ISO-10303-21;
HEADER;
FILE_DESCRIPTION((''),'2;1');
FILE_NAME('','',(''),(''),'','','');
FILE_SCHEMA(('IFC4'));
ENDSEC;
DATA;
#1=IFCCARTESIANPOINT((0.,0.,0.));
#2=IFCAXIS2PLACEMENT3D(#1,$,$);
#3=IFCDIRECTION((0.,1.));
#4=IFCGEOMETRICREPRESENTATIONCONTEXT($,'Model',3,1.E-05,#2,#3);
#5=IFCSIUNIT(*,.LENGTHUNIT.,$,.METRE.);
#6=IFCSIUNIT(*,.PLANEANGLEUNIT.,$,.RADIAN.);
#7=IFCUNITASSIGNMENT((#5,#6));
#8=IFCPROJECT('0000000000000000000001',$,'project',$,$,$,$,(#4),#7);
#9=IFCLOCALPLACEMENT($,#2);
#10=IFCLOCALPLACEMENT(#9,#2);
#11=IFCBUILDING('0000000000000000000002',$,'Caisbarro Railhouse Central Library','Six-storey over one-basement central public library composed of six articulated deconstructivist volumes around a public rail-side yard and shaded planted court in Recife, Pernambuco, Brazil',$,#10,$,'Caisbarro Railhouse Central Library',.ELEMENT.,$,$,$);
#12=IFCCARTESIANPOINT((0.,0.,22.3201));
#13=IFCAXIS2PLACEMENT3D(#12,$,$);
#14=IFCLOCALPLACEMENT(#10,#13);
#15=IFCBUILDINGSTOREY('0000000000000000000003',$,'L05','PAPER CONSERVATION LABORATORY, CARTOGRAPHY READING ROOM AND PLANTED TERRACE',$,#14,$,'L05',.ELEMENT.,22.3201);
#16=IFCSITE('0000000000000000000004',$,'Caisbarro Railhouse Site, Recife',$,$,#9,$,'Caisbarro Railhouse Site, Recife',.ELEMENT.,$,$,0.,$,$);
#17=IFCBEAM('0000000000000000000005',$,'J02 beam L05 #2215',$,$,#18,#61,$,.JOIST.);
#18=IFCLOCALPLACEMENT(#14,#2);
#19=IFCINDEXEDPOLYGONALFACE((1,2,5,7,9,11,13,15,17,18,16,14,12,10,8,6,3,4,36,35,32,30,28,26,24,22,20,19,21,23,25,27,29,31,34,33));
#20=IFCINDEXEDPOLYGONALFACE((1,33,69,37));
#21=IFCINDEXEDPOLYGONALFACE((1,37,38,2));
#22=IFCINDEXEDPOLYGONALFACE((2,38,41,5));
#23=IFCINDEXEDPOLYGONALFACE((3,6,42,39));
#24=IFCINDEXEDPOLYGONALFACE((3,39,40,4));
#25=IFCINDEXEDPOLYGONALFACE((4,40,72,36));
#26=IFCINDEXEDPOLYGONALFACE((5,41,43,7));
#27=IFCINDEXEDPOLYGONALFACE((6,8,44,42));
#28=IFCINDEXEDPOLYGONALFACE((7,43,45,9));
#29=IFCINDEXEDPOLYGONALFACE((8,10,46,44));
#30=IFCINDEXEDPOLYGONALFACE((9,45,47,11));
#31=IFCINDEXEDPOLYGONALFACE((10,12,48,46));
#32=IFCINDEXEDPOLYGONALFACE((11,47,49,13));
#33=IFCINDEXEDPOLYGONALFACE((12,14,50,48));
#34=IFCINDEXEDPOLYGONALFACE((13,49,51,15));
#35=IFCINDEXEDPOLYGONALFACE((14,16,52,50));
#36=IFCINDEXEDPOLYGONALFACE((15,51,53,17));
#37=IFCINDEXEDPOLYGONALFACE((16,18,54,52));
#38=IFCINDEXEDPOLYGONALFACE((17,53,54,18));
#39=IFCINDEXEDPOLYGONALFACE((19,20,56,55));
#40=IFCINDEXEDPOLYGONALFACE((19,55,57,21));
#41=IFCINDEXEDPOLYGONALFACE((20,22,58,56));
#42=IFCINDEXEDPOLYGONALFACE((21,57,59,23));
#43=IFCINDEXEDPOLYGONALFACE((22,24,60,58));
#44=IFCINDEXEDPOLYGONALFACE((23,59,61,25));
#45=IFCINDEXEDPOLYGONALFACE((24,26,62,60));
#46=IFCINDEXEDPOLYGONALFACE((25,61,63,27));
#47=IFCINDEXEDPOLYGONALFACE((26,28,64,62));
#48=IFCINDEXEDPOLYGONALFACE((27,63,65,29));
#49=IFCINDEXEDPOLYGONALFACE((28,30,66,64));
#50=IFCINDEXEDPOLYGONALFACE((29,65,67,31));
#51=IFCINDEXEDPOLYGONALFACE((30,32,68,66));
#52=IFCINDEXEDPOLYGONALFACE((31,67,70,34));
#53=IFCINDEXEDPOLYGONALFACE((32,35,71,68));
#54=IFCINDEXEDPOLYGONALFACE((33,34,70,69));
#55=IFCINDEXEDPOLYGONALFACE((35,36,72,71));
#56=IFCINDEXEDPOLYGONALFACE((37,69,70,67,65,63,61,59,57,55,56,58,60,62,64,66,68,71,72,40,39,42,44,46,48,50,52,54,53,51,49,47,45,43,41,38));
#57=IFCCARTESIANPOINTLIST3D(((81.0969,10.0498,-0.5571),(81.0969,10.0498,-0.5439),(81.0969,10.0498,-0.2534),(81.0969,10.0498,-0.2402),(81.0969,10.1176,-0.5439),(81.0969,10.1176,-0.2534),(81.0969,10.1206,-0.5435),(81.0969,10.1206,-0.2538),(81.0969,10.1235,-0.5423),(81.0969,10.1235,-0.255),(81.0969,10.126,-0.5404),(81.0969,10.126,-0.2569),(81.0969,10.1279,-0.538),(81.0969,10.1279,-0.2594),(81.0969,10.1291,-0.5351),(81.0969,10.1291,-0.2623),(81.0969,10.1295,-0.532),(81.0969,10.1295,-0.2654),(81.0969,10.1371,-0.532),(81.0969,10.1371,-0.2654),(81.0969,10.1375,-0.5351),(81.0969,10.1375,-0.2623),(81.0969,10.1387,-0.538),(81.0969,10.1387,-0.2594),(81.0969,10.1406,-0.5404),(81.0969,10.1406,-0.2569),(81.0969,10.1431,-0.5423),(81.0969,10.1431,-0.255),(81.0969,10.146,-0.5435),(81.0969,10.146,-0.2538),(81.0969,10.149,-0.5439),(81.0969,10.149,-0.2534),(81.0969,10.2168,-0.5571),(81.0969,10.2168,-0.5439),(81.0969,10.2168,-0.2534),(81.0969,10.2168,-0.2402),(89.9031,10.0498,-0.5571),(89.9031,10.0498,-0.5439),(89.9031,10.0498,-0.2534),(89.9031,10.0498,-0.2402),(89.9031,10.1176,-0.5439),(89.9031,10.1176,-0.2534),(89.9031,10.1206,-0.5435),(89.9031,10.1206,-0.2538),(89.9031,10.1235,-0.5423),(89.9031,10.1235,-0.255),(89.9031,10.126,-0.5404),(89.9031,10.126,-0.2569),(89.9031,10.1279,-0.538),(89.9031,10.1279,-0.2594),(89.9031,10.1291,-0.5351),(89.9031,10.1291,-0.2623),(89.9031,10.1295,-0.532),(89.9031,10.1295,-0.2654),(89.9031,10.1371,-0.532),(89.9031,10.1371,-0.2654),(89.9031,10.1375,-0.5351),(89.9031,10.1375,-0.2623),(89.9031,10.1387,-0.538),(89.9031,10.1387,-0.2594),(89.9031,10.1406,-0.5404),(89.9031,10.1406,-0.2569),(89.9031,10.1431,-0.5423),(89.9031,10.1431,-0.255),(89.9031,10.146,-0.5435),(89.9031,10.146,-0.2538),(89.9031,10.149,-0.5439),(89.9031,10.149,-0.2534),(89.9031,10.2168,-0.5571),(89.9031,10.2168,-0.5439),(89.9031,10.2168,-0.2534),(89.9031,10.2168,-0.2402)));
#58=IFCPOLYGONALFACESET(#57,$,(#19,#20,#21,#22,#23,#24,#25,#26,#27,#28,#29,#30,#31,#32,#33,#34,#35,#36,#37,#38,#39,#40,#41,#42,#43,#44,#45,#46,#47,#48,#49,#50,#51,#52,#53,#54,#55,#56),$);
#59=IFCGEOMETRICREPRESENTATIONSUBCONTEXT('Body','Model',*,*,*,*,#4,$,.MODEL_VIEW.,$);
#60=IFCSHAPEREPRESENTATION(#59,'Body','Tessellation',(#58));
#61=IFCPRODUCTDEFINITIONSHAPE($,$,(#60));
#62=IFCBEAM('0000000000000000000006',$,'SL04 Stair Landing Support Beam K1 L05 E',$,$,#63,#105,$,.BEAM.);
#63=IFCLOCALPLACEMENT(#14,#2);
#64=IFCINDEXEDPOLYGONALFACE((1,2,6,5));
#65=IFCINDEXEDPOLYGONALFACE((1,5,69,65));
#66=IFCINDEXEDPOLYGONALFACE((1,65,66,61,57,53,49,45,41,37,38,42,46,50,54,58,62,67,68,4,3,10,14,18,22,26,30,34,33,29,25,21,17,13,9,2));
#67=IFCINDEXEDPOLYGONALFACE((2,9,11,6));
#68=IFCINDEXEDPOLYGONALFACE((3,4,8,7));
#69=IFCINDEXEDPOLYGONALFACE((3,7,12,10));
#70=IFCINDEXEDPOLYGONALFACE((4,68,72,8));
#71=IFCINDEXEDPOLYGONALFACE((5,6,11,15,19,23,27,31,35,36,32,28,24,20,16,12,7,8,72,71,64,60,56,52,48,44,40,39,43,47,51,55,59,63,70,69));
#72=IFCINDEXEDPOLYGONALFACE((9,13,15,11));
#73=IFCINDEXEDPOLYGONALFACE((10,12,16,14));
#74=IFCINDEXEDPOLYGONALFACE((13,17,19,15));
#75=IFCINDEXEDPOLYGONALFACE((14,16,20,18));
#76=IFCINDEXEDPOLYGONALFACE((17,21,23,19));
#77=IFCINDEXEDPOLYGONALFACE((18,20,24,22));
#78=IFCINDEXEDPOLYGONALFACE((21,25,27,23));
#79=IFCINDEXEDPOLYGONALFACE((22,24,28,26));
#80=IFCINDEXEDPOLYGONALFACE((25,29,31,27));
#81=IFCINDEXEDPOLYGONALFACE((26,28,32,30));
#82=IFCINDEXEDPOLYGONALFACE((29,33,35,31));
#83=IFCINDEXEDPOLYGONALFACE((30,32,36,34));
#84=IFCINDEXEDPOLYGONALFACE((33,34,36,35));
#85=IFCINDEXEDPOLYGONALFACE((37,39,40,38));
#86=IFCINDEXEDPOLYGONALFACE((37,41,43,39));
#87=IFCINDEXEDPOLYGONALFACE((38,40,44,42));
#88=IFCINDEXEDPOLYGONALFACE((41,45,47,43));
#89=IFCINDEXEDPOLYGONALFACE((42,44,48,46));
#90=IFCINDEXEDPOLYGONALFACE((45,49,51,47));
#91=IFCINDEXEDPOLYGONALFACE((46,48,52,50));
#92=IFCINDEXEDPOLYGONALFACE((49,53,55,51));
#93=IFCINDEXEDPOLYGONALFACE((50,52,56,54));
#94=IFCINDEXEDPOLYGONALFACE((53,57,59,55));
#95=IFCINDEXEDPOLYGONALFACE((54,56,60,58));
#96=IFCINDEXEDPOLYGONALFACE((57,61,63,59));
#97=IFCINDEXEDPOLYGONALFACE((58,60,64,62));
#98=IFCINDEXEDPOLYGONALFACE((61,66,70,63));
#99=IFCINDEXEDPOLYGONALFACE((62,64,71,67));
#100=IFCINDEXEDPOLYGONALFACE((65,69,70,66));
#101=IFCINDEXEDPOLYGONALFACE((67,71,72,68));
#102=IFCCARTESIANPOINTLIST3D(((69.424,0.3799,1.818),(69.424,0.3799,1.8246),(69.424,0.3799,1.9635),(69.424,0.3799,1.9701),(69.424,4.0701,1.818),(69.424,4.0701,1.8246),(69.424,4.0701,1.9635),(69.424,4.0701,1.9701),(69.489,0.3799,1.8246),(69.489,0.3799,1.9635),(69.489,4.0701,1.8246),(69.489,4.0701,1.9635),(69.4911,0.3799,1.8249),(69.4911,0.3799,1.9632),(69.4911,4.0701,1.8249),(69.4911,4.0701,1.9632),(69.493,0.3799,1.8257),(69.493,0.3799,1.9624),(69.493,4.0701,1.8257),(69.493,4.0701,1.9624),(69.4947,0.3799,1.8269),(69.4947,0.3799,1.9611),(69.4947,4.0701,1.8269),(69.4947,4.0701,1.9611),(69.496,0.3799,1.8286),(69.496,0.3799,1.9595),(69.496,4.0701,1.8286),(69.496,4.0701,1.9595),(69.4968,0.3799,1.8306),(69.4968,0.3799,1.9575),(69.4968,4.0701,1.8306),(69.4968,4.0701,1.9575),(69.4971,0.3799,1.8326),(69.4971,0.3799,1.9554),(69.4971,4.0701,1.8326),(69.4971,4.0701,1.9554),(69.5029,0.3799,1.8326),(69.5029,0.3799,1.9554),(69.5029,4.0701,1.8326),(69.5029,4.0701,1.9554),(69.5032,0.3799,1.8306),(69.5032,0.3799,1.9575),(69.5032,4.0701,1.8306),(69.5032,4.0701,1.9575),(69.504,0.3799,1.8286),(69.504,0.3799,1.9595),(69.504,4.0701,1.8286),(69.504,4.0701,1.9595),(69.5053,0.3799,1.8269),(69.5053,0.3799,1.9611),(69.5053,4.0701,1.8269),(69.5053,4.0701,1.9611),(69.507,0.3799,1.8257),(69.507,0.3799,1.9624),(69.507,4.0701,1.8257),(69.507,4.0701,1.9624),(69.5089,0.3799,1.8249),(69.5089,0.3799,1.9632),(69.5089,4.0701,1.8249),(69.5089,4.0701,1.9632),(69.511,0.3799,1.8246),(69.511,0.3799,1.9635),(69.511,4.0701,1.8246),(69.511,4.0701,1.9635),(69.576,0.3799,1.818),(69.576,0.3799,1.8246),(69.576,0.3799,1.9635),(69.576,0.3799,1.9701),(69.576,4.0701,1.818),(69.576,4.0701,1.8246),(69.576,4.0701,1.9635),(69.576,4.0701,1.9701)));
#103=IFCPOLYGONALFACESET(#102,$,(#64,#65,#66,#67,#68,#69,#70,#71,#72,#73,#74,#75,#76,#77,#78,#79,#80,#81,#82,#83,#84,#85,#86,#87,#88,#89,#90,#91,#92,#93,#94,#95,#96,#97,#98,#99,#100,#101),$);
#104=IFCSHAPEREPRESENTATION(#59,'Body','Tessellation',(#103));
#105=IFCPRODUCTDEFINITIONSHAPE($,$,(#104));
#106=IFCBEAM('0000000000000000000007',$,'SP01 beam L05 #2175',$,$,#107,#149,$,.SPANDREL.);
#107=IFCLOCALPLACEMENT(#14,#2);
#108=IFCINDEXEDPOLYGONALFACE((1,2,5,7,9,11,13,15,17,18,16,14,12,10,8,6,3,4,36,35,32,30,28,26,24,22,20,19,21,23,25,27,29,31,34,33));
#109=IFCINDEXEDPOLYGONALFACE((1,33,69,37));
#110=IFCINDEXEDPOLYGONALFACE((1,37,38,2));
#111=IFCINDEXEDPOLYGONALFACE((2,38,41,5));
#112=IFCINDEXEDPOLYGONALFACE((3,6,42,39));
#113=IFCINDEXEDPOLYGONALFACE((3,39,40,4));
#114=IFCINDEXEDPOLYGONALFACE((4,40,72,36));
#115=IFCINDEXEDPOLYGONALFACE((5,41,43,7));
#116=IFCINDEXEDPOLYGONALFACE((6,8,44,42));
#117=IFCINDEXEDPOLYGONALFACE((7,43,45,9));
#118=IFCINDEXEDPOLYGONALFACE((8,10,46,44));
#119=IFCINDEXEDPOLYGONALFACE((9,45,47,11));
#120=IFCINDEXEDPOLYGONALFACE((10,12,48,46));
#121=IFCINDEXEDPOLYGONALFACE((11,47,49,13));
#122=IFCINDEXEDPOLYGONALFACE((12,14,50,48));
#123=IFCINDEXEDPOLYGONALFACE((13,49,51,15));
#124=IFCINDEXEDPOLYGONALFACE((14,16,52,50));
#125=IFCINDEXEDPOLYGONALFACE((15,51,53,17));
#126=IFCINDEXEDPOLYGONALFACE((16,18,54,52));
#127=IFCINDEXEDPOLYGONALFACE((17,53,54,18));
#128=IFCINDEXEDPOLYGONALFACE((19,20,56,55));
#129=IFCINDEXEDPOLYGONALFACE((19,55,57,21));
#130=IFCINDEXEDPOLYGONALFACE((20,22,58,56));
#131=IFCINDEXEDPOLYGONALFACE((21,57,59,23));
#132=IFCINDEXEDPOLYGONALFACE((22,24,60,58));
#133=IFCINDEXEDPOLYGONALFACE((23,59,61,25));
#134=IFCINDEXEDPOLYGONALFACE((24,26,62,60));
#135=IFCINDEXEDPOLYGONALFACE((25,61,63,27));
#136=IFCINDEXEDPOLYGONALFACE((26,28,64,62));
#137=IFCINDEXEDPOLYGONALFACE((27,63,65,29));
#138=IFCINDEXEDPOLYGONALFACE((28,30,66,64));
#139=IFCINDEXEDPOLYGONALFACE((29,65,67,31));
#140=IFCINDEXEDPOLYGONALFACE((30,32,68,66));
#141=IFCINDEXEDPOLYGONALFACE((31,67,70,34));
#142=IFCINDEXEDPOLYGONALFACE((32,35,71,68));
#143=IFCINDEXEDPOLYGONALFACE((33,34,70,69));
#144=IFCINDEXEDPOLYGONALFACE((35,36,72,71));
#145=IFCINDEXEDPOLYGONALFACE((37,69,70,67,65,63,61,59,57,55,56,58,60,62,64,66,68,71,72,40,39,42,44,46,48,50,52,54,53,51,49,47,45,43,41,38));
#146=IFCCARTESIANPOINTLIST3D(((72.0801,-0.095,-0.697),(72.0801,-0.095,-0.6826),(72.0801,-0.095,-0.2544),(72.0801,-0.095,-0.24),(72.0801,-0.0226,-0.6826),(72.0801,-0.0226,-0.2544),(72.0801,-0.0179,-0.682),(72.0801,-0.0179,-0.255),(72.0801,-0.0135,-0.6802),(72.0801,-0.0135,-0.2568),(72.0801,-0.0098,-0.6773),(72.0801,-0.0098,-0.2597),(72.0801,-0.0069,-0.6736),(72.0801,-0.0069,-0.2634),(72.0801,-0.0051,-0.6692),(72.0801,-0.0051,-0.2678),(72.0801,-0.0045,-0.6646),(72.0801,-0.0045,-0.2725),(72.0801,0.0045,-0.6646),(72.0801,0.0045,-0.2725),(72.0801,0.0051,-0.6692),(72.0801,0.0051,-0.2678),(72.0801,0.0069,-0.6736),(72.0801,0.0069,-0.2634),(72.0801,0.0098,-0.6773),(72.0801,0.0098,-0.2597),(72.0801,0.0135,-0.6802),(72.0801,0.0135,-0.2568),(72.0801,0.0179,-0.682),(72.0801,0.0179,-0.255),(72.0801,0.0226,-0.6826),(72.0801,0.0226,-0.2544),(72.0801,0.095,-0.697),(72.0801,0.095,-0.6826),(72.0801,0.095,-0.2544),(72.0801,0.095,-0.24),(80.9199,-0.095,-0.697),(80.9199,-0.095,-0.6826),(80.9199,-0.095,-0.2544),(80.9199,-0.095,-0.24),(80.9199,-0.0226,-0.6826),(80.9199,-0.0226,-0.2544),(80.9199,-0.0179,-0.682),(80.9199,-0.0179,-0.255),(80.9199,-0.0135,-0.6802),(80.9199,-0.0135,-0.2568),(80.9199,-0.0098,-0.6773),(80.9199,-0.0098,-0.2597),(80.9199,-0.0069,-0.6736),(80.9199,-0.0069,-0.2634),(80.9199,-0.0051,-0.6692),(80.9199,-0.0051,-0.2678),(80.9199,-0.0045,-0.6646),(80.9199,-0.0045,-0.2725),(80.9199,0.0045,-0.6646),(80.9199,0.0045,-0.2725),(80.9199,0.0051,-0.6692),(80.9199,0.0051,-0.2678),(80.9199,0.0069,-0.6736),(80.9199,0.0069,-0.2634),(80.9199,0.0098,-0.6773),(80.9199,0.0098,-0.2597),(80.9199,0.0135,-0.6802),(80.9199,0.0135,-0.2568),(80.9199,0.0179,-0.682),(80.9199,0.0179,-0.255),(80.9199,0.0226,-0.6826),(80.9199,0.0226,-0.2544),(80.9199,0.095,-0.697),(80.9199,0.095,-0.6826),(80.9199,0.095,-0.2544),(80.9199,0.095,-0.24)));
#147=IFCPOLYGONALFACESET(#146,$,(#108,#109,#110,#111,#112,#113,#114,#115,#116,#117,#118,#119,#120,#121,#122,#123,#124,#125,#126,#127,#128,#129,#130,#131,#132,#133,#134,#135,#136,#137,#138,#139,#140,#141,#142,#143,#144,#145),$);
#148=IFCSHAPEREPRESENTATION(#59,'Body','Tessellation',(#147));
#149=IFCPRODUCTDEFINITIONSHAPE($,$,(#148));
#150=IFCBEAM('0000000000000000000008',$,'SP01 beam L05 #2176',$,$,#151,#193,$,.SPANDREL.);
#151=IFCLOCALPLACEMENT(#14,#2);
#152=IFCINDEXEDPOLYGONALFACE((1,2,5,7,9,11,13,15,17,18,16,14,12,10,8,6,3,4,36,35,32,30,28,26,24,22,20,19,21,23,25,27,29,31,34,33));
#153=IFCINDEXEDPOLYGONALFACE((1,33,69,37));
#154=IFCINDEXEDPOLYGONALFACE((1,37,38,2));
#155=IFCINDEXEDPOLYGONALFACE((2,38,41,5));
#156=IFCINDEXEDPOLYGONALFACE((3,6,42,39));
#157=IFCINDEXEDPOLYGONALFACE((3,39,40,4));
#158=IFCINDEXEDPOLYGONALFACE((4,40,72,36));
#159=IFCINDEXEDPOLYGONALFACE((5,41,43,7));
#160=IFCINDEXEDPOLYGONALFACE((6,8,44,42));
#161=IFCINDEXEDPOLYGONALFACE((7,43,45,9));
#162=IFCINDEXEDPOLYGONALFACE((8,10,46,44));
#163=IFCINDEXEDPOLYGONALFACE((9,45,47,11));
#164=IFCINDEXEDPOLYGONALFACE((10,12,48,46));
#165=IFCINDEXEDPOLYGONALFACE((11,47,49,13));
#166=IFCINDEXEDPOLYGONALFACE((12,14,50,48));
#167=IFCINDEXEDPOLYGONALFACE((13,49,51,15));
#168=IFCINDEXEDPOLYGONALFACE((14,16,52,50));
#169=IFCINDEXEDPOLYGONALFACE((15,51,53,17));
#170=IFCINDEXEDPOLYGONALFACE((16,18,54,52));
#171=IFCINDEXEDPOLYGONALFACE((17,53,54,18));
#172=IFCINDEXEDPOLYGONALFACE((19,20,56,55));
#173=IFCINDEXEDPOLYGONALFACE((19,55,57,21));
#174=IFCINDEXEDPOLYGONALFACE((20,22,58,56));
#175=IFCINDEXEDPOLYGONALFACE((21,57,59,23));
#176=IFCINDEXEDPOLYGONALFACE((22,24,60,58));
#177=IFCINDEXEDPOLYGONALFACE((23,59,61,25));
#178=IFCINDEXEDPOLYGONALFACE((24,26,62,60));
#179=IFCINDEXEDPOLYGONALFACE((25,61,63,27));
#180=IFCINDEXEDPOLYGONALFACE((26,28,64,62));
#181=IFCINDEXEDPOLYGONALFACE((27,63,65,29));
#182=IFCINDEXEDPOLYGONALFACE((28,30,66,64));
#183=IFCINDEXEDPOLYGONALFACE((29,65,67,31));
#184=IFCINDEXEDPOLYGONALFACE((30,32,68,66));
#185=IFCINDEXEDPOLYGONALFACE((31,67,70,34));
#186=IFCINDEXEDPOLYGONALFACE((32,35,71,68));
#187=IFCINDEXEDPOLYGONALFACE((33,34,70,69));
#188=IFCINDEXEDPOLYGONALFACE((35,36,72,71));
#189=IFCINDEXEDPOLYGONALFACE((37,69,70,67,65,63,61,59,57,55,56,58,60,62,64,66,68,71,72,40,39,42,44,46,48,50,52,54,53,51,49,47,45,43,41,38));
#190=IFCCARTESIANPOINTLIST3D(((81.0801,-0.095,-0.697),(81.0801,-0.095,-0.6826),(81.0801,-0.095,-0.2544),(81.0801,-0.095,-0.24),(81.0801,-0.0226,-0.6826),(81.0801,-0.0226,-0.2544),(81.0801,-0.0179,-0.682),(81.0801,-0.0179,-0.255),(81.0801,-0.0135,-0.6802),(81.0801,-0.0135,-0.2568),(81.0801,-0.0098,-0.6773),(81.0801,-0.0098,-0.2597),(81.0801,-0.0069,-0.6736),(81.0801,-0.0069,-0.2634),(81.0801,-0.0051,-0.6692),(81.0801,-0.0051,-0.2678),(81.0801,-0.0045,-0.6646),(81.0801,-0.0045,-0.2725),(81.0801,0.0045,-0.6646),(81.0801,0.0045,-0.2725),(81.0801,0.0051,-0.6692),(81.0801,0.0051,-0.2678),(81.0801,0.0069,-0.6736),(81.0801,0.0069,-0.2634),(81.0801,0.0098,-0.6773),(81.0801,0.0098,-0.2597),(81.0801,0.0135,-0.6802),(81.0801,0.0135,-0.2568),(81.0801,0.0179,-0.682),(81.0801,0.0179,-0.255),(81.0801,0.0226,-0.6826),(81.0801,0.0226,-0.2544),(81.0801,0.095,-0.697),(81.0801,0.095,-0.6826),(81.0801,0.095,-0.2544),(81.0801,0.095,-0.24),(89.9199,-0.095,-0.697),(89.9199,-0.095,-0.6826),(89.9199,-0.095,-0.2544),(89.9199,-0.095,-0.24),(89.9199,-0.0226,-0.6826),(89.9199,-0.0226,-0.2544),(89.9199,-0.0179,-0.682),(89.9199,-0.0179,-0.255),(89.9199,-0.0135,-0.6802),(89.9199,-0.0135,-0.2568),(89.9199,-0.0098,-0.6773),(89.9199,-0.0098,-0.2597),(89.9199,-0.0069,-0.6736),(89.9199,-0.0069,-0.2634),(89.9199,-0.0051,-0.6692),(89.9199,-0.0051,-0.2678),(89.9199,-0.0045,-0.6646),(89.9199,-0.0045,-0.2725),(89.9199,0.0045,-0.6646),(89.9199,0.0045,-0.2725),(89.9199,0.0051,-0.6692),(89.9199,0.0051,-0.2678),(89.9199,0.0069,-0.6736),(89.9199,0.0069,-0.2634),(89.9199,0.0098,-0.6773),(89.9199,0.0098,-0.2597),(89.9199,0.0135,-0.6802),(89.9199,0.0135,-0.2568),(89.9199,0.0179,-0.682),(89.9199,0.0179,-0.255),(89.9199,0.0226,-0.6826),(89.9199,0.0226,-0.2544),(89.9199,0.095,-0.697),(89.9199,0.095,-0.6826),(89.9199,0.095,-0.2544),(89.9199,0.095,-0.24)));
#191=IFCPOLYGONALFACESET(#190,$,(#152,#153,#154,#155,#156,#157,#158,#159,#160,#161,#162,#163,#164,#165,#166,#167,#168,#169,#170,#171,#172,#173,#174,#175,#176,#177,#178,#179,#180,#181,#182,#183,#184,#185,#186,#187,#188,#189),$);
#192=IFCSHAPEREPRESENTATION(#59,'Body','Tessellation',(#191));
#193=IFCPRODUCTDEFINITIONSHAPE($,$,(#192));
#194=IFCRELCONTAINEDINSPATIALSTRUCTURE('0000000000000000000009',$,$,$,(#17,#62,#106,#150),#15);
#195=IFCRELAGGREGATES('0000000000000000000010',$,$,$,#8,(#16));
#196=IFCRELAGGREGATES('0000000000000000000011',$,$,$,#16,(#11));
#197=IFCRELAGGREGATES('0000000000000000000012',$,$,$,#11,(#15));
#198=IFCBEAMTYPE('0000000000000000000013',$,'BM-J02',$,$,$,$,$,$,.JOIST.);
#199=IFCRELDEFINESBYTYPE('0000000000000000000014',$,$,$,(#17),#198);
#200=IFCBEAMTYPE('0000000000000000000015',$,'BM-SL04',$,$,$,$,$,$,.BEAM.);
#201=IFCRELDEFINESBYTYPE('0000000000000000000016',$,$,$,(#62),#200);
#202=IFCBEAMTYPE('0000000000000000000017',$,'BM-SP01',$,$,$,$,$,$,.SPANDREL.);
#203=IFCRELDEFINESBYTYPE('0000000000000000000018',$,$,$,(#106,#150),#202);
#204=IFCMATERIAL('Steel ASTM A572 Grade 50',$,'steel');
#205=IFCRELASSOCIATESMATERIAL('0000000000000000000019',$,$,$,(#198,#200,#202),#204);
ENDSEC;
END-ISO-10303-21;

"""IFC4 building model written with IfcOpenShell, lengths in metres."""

from ifc_helpers import new_model, si_unit, direction, frame, origin, origin_2d, place, context, subcontext, project, spatial, i_section, extrude, material, material_profile, profile_set, type_object, element, save


model = new_model("IFC4")

# Units and contexts
model_context = context("Model", 3, precision=1e-05, world=origin(), true_north=direction((0.0, 1.0)))
body_context = subcontext(model_context, "Body", "Model", "MODEL_VIEW")
ifc_project = project(units=[si_unit("LENGTHUNIT", "METRE"), si_unit("PLANEANGLEUNIT", "RADIAN")], contexts=[model_context])

# Site, building, storey
site_placement = place(None, origin())
site = spatial("IfcSite", under=ifc_project, at=site_placement, Name="Caisbarro Railhouse Site, Recife", LongName="Caisbarro Railhouse Site, Recife", CompositionType="ELEMENT", RefElevation=0.0)
building_placement = place(site_placement, origin())
building = spatial("IfcBuilding", under=site, at=building_placement, Name="Caisbarro Railhouse Central Library", Description="Six-storey over one-basement central public library composed of six articulated deconstructivist volumes around a public rail-side yard and shaded planted court in Recife, Pernambuco, Brazil", LongName="Caisbarro Railhouse Central Library", CompositionType="ELEMENT")
storey_placement = place(building_placement, frame((0.0, 0.0, 22.3201)))
storey = spatial("IfcBuildingStorey", under=building, at=storey_placement, Name="L05", Description="PAPER CONSERVATION LABORATORY, CARTOGRAPHY READING ROOM AND PLANTED TERRACE", LongName="L05", CompositionType="ELEMENT", Elevation=22.3201)

# Shared definitions
ifc_material_1 = material(Name="Steel ASTM A572 Grade 50", Category="steel")

# Beams
ifc_material_profile_1 = material_profile(ifc_material_1, i_section(OverallWidth=0.167, OverallDepth=0.3169, WebThickness=0.0076, FlangeThickness=0.0132, FilletRadius=0.012, at=origin_2d()), Name="W310X52.0")
ifc_profile_set_1 = profile_set([ifc_material_profile_1], Name="Steel ASTM A572 Grade 50")
beam_type_1 = type_object("IfcBeamType", Name="BM-J02", PredefinedType="JOIST", material=ifc_profile_set_1)
for number, where, z_axis, x_axis, name in (
    (1, (81.0969, 10.1333, -0.3987), (1.0, 0.0, 0.0), (0.0, 1.0, 0.0), "J02 beam L05 #2215"),
):
    element("IfcBeam", number, at=place(storey_placement, frame(where, z_axis=z_axis, x_axis=x_axis)), inside=storey, type_object=beam_type_1, Name=name, PredefinedType="JOIST", context=body_context, shape_type="SweptSolid", body=[
        extrude(i_section(OverallWidth=0.167, OverallDepth=0.3169, WebThickness=0.0076, FlangeThickness=0.0132, FilletRadius=0.012, at=origin_2d()), origin(), (0.0, 0.0, 1.0), 8.8062),
    ])
ifc_material_profile_2 = material_profile(ifc_material_1, i_section(OverallWidth=0.1521, OverallDepth=0.1521, WebThickness=0.0059, FlangeThickness=0.0066, FilletRadius=0.0081, at=origin_2d()), Name="W150X22.5")
ifc_profile_set_2 = profile_set([ifc_material_profile_2], Name="Steel ASTM A572 Grade 50")
beam_type_2 = type_object("IfcBeamType", Name="BM-SL04", PredefinedType="BEAM", material=ifc_profile_set_2)
beam_1_placement = place(storey_placement, frame((69.5, 0.3799, 1.894), z_axis=(0.0, 1.0, 0.0), x_axis=(-1.0, 0.0, 0.0)))
element("IfcBeam", 2, at=beam_1_placement, inside=storey, type_object=beam_type_2, Name="SL04 Stair Landing Support Beam K1 L05 E", PredefinedType="BEAM", context=body_context, shape_type="SweptSolid", body=[
    extrude(i_section(OverallWidth=0.1521, OverallDepth=0.1521, WebThickness=0.0059, FlangeThickness=0.0066, FilletRadius=0.0081, at=origin_2d()), origin(), (0.0, 0.0, 1.0), 3.6902),
])
ifc_material_profile_3 = material_profile(ifc_material_1, i_section(OverallWidth=0.1899, OverallDepth=0.457, WebThickness=0.009, FlangeThickness=0.0144, FilletRadius=0.0181, at=origin_2d()), Name="W460X74.0")
ifc_profile_set_3 = profile_set([ifc_material_profile_3], Name="Steel ASTM A572 Grade 50")
beam_type_3 = type_object("IfcBeamType", Name="BM-SP01", PredefinedType="SPANDREL", material=ifc_profile_set_3)
for number, where, z_axis, x_axis, name in (
    (3, (72.0801, 0.0, -0.4685), (1.0, 0.0, 0.0), (0.0, 1.0, 0.0), "SP01 beam L05 #2175"),
    (4, (81.0801, 0.0, -0.4685), (1.0, 0.0, 0.0), (0.0, 1.0, 0.0), "SP01 beam L05 #2176"),
):
    element("IfcBeam", number, at=place(storey_placement, frame(where, z_axis=z_axis, x_axis=x_axis)), inside=storey, type_object=beam_type_3, Name=name, PredefinedType="SPANDREL", context=body_context, shape_type="SweptSolid", body=[
        extrude(i_section(OverallWidth=0.1899, OverallDepth=0.457, WebThickness=0.009, FlangeThickness=0.0144, FilletRadius=0.0181, at=origin_2d()), origin(), (0.0, 0.0, 1.0), 8.8398),
    ])

save(model, "model.ifc")
